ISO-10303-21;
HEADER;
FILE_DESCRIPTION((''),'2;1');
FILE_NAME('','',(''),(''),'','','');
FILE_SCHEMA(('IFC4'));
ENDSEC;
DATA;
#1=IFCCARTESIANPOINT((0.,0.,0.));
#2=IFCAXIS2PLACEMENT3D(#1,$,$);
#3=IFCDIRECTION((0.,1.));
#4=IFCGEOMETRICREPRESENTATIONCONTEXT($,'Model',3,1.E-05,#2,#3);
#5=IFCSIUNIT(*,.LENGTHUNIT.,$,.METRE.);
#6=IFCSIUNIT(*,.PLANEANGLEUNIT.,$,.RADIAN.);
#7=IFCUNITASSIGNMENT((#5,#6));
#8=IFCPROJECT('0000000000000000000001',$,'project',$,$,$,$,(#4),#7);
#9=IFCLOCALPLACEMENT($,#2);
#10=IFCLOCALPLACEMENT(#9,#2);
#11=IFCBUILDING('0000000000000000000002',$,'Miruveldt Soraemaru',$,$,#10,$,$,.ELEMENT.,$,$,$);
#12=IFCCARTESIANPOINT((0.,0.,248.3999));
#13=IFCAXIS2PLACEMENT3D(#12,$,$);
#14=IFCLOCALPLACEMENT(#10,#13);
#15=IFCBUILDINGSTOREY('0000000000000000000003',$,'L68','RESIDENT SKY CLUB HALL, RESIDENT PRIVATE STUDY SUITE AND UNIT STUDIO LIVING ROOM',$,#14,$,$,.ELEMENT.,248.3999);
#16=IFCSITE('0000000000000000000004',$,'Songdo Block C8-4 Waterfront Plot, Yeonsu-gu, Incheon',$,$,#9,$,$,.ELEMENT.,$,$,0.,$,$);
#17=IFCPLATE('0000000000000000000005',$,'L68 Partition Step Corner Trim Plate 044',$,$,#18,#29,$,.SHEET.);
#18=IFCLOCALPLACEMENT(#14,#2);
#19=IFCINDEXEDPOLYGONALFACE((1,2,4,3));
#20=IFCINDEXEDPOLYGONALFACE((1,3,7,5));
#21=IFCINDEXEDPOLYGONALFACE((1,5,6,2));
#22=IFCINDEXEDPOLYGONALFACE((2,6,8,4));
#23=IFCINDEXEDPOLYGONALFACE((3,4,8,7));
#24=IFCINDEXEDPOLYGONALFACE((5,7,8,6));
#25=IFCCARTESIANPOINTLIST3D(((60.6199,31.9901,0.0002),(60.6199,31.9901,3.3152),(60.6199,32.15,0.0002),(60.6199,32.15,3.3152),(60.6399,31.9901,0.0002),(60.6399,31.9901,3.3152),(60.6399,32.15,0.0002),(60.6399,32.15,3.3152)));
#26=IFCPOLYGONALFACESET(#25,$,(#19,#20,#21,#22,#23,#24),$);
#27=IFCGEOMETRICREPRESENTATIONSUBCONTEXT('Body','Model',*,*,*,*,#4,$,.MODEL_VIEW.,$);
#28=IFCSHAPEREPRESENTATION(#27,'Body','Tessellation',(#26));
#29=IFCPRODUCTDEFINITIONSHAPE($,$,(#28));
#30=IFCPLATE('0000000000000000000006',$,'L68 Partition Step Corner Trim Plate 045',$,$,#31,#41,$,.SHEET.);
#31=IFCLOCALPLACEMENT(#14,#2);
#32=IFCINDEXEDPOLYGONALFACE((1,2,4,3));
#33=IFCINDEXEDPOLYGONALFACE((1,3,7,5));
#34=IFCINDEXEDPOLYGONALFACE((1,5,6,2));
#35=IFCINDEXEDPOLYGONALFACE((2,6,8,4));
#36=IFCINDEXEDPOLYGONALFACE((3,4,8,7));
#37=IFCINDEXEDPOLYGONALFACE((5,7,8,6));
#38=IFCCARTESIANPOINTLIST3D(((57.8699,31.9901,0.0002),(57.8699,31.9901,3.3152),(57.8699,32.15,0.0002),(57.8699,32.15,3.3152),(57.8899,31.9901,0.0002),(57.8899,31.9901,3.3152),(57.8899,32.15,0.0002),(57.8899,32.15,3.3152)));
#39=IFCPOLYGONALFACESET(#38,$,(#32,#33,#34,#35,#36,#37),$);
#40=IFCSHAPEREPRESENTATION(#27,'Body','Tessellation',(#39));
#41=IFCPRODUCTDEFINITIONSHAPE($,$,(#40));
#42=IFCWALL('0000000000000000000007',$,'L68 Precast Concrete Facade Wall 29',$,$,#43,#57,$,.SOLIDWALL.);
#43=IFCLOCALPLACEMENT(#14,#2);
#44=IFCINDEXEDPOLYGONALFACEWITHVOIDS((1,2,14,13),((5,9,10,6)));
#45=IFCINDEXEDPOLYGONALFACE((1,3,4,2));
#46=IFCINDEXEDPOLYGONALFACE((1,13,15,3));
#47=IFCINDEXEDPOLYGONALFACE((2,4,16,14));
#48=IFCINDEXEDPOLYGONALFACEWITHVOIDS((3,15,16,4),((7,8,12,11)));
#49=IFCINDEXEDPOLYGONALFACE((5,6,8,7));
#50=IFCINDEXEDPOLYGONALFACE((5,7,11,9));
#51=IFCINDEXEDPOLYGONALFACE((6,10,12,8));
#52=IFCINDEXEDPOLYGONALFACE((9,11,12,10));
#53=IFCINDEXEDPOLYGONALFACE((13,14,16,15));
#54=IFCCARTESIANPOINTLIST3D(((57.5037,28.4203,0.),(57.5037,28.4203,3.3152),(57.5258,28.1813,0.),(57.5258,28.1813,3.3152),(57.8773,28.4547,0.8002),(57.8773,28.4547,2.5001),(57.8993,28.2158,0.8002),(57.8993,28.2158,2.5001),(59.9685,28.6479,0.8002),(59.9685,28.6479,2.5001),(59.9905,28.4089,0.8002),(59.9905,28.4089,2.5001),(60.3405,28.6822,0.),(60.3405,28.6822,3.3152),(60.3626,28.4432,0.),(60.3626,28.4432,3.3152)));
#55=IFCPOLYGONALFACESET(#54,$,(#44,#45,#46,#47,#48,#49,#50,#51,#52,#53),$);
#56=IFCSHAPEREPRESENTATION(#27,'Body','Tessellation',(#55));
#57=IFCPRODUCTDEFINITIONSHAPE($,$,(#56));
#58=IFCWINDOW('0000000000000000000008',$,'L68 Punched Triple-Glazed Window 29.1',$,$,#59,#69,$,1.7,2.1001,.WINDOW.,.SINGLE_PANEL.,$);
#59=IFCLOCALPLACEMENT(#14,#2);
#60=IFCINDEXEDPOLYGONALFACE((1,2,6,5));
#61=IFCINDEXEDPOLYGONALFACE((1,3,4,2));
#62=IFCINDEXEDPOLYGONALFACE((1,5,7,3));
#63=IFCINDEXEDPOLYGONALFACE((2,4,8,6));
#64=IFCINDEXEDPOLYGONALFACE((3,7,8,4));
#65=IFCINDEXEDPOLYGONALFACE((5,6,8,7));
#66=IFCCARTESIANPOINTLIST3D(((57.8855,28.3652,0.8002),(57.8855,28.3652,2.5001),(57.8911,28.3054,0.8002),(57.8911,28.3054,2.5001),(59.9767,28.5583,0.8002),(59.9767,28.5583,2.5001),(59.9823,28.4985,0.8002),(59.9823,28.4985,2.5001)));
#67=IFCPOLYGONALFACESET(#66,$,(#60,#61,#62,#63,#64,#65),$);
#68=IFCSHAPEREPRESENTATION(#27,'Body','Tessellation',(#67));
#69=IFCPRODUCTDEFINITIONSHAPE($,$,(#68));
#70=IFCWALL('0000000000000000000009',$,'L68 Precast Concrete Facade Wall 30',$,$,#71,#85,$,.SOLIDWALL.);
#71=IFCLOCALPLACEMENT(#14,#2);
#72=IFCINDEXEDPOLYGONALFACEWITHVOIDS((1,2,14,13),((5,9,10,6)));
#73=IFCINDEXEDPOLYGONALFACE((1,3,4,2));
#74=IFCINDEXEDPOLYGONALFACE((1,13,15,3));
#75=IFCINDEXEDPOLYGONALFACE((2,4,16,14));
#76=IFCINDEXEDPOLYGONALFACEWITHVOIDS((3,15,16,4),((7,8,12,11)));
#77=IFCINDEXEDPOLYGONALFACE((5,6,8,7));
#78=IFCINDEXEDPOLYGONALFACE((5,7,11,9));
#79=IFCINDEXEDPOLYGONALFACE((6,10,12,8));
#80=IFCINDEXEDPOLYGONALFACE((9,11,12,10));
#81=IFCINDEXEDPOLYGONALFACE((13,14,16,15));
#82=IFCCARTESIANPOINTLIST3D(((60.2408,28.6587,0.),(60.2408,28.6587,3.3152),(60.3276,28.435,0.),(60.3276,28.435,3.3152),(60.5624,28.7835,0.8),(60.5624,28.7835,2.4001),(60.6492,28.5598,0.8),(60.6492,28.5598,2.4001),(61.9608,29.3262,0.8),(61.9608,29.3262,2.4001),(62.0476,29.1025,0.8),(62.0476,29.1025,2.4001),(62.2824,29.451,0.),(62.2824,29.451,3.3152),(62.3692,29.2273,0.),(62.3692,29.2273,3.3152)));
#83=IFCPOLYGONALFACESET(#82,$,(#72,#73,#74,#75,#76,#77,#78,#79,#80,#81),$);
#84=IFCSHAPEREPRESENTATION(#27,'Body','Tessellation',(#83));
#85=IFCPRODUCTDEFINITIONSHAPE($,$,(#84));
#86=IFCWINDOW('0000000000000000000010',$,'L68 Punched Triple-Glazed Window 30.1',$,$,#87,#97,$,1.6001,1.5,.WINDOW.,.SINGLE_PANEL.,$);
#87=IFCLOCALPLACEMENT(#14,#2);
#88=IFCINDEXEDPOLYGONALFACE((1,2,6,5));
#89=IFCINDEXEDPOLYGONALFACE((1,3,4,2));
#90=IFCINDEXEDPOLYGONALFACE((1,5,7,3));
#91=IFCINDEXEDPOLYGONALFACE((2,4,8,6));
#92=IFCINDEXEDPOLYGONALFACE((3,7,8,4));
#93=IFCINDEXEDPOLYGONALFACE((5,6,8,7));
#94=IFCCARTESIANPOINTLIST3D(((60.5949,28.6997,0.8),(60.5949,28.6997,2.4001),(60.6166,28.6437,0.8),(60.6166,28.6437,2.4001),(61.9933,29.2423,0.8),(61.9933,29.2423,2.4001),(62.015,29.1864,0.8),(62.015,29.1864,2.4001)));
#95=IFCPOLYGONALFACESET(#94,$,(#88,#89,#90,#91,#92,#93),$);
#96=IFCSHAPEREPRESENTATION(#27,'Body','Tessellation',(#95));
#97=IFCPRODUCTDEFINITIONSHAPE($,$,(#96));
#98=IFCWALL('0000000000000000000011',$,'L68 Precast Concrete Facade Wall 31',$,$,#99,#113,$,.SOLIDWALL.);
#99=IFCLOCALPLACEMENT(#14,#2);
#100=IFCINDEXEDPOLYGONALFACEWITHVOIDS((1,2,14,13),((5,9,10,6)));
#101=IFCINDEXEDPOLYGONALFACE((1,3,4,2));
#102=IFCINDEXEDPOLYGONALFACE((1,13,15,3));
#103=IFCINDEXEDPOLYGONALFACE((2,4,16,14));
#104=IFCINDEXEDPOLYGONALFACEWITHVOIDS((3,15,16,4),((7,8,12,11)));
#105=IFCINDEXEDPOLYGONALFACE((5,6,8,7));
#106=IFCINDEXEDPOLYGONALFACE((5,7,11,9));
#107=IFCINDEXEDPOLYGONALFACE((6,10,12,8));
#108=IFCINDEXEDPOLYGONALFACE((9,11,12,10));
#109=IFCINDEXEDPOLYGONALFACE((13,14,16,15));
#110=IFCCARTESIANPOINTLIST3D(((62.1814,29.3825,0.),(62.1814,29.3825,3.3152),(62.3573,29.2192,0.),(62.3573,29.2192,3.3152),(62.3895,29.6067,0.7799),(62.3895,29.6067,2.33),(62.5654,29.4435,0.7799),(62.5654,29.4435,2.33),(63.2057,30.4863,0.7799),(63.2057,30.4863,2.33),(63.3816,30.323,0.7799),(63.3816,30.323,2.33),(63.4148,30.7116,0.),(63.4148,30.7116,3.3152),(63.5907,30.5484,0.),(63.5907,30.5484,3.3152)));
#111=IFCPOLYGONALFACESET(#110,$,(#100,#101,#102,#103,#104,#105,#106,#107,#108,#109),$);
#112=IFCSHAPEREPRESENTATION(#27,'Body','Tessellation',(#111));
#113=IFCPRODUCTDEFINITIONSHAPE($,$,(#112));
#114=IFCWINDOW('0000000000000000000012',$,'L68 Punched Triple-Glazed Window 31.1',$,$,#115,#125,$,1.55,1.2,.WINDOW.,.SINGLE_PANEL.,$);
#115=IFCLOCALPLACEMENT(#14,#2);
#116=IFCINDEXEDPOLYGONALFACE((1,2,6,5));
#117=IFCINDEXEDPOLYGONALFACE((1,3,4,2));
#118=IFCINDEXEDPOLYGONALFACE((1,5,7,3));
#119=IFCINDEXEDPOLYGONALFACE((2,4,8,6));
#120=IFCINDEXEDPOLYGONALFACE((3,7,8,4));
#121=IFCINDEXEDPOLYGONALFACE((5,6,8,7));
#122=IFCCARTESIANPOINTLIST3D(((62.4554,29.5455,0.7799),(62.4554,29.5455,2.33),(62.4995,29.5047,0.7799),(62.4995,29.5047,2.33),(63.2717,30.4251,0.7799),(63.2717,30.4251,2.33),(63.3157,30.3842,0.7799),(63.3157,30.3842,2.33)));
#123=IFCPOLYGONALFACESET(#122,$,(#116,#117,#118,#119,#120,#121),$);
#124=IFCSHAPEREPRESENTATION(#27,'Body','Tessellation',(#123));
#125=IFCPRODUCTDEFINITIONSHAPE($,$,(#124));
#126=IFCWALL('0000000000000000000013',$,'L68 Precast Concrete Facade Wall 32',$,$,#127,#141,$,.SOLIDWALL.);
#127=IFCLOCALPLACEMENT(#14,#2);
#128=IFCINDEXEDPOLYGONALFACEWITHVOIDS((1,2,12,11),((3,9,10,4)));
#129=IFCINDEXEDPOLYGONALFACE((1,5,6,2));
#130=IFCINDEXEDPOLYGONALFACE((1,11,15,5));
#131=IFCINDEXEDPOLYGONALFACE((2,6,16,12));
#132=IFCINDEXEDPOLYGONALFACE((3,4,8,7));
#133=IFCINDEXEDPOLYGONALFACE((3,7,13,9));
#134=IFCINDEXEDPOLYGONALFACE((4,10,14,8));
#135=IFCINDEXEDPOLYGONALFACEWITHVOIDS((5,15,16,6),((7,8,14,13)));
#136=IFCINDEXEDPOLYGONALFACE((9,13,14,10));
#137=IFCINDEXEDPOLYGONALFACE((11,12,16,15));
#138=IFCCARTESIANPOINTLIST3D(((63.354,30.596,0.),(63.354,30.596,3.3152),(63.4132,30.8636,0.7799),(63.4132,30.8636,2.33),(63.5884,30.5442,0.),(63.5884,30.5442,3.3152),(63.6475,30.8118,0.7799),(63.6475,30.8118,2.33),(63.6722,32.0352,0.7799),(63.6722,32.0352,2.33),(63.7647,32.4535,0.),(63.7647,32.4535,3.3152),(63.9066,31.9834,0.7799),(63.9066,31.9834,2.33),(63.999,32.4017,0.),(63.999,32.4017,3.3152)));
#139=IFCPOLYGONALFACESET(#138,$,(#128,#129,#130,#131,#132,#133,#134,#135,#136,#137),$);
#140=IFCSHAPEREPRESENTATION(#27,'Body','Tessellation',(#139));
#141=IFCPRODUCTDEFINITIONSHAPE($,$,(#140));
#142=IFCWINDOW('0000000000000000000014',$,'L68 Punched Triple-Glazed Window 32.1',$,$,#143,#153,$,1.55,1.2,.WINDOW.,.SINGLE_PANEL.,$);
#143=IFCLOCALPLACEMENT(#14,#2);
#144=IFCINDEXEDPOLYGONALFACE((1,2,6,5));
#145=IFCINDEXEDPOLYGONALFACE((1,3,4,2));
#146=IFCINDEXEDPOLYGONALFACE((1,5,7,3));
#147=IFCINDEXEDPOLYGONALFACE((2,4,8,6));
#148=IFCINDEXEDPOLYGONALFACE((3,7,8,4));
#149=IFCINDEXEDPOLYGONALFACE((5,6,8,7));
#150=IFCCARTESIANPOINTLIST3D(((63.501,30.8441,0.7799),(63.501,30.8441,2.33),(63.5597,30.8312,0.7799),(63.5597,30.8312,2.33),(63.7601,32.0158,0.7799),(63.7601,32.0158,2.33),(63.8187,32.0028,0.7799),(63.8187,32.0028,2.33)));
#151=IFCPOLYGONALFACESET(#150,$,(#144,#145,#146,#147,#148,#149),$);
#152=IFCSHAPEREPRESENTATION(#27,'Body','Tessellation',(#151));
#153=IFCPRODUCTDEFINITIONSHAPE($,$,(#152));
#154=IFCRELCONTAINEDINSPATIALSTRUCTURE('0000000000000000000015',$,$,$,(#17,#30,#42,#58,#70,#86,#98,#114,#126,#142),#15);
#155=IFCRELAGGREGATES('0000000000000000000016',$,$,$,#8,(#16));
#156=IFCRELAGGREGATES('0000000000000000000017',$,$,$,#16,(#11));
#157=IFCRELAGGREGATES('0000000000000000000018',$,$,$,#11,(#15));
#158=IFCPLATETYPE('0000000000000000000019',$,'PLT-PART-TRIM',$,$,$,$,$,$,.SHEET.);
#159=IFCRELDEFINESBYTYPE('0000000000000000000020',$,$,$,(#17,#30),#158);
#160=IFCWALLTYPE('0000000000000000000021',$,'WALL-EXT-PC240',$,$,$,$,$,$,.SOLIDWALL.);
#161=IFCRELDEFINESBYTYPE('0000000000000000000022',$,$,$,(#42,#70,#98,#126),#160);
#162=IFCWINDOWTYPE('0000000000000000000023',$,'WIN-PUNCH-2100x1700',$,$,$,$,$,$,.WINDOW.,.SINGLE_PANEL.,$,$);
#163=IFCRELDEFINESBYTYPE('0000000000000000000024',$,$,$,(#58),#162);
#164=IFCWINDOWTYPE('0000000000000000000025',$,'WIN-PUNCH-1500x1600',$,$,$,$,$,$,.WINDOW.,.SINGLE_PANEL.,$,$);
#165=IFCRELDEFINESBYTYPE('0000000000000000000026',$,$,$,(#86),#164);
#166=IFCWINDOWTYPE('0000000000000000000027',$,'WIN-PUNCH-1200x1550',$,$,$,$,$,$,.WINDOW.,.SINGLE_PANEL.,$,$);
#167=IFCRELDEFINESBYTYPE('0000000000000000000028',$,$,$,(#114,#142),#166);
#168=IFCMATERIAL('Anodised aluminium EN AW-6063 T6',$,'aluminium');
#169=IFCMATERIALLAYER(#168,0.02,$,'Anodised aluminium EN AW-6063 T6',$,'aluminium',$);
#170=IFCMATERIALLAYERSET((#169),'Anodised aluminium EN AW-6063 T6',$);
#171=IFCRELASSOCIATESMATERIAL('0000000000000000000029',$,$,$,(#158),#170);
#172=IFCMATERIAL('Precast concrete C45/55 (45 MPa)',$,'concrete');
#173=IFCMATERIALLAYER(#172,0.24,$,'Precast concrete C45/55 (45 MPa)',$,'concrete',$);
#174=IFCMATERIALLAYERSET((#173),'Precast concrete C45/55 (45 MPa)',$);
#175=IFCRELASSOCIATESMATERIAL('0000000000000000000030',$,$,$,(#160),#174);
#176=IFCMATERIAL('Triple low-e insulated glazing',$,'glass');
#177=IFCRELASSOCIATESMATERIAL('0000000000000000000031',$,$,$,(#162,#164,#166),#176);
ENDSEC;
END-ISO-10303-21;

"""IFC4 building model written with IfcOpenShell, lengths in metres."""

from ifc_helpers import new_model, si_unit, direction, frame, frame_2d, origin, origin_2d, place, context, subcontext, project, spatial, rectangle, extrude, material, layer, layer_set, type_object, element, fill, save


model = new_model("IFC4")

# Units and contexts
model_context = context("Model", 3, precision=1e-05, world=origin(), true_north=direction((0.0, 1.0)))
body_context = subcontext(model_context, "Body", "Model", "MODEL_VIEW")
ifc_project = project(units=[si_unit("LENGTHUNIT", "METRE"), si_unit("PLANEANGLEUNIT", "RADIAN")], contexts=[model_context])

# Site, building, storey
site_placement = place(None, origin())
site = spatial("IfcSite", under=ifc_project, at=site_placement, Name="Songdo Block C8-4 Waterfront Plot, Yeonsu-gu, Incheon", CompositionType="ELEMENT", RefElevation=0.0)
building_placement = place(site_placement, origin())
building = spatial("IfcBuilding", under=site, at=building_placement, Name="Miruveldt Soraemaru", CompositionType="ELEMENT")
storey_placement = place(building_placement, frame((0.0, 0.0, 248.3999)))
storey = spatial("IfcBuildingStorey", under=building, at=storey_placement, Name="L68", Description="RESIDENT SKY CLUB HALL, RESIDENT PRIVATE STUDY SUITE AND UNIT STUDIO LIVING ROOM", CompositionType="ELEMENT", Elevation=248.3999)

# Plates
ifc_material_1 = material(Name="Anodised aluminium EN AW-6063 T6", Category="aluminium")
ifc_layer_1 = layer(ifc_material_1, 0.02, Name="Anodised aluminium EN AW-6063 T6", Category="aluminium")
ifc_layer_set_1 = layer_set([ifc_layer_1], Name="Anodised aluminium EN AW-6063 T6")
plate_type = type_object("IfcPlateType", Name="PLT-PART-TRIM", PredefinedType="SHEET", material=ifc_layer_set_1)
for number, where, z_axis, x_axis, name in (
    (1, (60.6299, 32.0701, 0.0002), (0.0, 0.0, 1.0), (0.0, 1.0, 0.0), "L68 Partition Step Corner Trim Plate 044"),
    (2, (57.8799, 32.0701, 0.0002), (0.0, 0.0, 1.0), (0.0, -1.0, 0.0), "L68 Partition Step Corner Trim Plate 045"),
):
    element("IfcPlate", number, at=place(storey_placement, frame(where, z_axis=z_axis, x_axis=x_axis)), inside=storey, type_object=plate_type, Name=name, PredefinedType="SHEET", context=body_context, shape_type="SweptSolid", body=[
        extrude(rectangle(XDim=0.1599, YDim=0.02, at=origin_2d()), origin(), (0.0, 0.0, 1.0), 3.3149),
    ])

# Walls, openings, windows
ifc_material_2 = material(Name="Precast concrete C45/55 (45 MPa)", Category="concrete")
ifc_layer_2 = layer(ifc_material_2, 0.24, Name="Precast concrete C45/55 (45 MPa)", Category="concrete")
ifc_layer_set_2 = layer_set([ifc_layer_2], Name="Precast concrete C45/55 (45 MPa)")
wall_type_1 = type_object("IfcWallType", Name="WALL-EXT-PC240", PredefinedType="SOLIDWALL", material=ifc_layer_set_2)
wall_1_placement = place(storey_placement, frame((57.5149, 28.3008, 0.0), z_axis=(0.0, 0.0, 1.0), x_axis=(0.995764, 0.09195, 0.0)))
wall_1 = element("IfcWall", 3, at=wall_1_placement, inside=storey, type_object=wall_type_1, Name="L68 Precast Concrete Facade Wall 29", PredefinedType="SOLIDWALL", context=body_context, shape_type="SweptSolid", body=[
    extrude(rectangle(XDim=2.8489, YDim=0.24, at=frame_2d((1.4243, 0.0))), origin(), (0.0, 0.0, 1.0), 3.3152),
])
opening_1_placement = place(wall_1_placement, frame((0.375, 0.0, 0.8)))
opening_1 = element("IfcOpeningElement", 4, at=opening_1_placement, cuts=wall_1, PredefinedType="OPENING", context=body_context, shape_type="SweptSolid", body=[
    extrude(rectangle(XDim=2.1001, YDim=1.7, at=frame_2d((1.05, 0.8501))), frame((0.0, 0.1299, 0.0), z_axis=(0.0, -1.0, 0.0), x_axis=(1.0, 0.0, 0.0)), (0.0, 0.0, 1.0), 0.26),
])
ifc_material_3 = material(Name="Triple low-e insulated glazing", Category="glass")
window_type_1 = type_object("IfcWindowType", Name="WIN-PUNCH-2100x1700", PartitioningType="SINGLE_PANEL", PredefinedType="WINDOW", material=ifc_material_3)
window_1_placement = place(opening_1_placement, origin())
window_1 = element("IfcWindow", 5, at=window_1_placement, inside=storey, type_object=window_type_1, Name="L68 Punched Triple-Glazed Window 29.1", OverallHeight=1.7, OverallWidth=2.1001, PartitioningType="SINGLE_PANEL", PredefinedType="WINDOW", context=body_context, shape_type="SweptSolid", body=[
    extrude(rectangle(XDim=2.1001, YDim=1.7, at=frame_2d((1.05, 0.8501))), frame((0.0, 0.03, 0.0), z_axis=(0.0, -1.0, 0.0), x_axis=(1.0, 0.0, 0.0)), (0.0, 0.0, 1.0), 0.0601),
])
fill(opening_1, window_1)
wall_2_placement = place(storey_placement, frame((60.2842, 28.5469, 0.0), z_axis=(0.0, 0.0, 1.0), x_axis=(0.932264, 0.361779, 0.0)))
wall_2 = element("IfcWall", 6, at=wall_2_placement, inside=storey, type_object=wall_type_1, Name="L68 Precast Concrete Facade Wall 30", PredefinedType="SOLIDWALL", context=body_context, shape_type="SweptSolid", body=[
    extrude(rectangle(XDim=2.1899, YDim=0.24, at=frame_2d((1.095, 0.0))), origin(), (0.0, 0.0, 1.0), 3.3152),
])
opening_2_placement = place(wall_2_placement, frame((0.345, 0.0, 0.8)))
opening_2 = element("IfcOpeningElement", 7, at=opening_2_placement, cuts=wall_2, PredefinedType="OPENING", context=body_context, shape_type="SweptSolid", body=[
    extrude(rectangle(XDim=1.5, YDim=1.6001, at=frame_2d((0.75, 0.8))), frame((0.0, 0.1299, 0.0), z_axis=(0.0, -1.0, 0.0), x_axis=(1.0, 0.0, 0.0)), (0.0, 0.0, 1.0), 0.26),
])
window_type_2 = type_object("IfcWindowType", Name="WIN-PUNCH-1500x1600", PartitioningType="SINGLE_PANEL", PredefinedType="WINDOW", material=ifc_material_3)
window_2_placement = place(opening_2_placement, origin())
window_2 = element("IfcWindow", 8, at=window_2_placement, inside=storey, type_object=window_type_2, Name="L68 Punched Triple-Glazed Window 30.1", OverallHeight=1.6001, OverallWidth=1.5, PartitioningType="SINGLE_PANEL", PredefinedType="WINDOW", context=body_context, shape_type="SweptSolid", body=[
    extrude(rectangle(XDim=1.5, YDim=1.6001, at=frame_2d((0.75, 0.8))), frame((0.0, 0.03, 0.0), z_axis=(0.0, -1.0, 0.0), x_axis=(1.0, 0.0, 0.0)), (0.0, 0.0, 1.0), 0.0601),
])
fill(opening_2, window_2)
wall_3_placement = place(storey_placement, frame((62.2693, 29.3008, 0.0), z_axis=(0.0, 0.0, 1.0), x_axis=(0.680224, 0.733004, 0.0)))
wall_3 = element("IfcWall", 9, at=wall_3_placement, inside=storey, type_object=wall_type_1, Name="L68 Precast Concrete Facade Wall 31", PredefinedType="SOLIDWALL", context=body_context, shape_type="SweptSolid", body=[
    extrude(rectangle(XDim=1.8132, YDim=0.24, at=frame_2d((0.9067, 0.0))), origin(), (0.0, 0.0, 1.0), 3.3152),
])
opening_3_placement = place(wall_3_placement, frame((0.3059, 0.0, 0.78)))
opening_3 = element("IfcOpeningElement", 10, at=opening_3_placement, cuts=wall_3, PredefinedType="OPENING", context=body_context, shape_type="SweptSolid", body=[
    extrude(rectangle(XDim=1.2, YDim=1.55, at=frame_2d((0.6001, 0.7749))), frame((0.0, 0.1299, 0.0), z_axis=(0.0, -1.0, 0.0), x_axis=(1.0, 0.0, 0.0)), (0.0, 0.0, 1.0), 0.26),
])
window_type_3 = type_object("IfcWindowType", Name="WIN-PUNCH-1200x1550", PartitioningType="SINGLE_PANEL", PredefinedType="WINDOW", material=ifc_material_3)
window_3_placement = place(opening_3_placement, origin())
window_3 = element("IfcWindow", 11, at=window_3_placement, inside=storey, type_object=window_type_3, Name="L68 Punched Triple-Glazed Window 31.1", OverallHeight=1.55, OverallWidth=1.2, PartitioningType="SINGLE_PANEL", PredefinedType="WINDOW", context=body_context, shape_type="SweptSolid", body=[
    extrude(rectangle(XDim=1.2, YDim=1.55, at=frame_2d((0.6001, 0.7749))), frame((0.0, 0.03, 0.0), z_axis=(0.0, -1.0, 0.0), x_axis=(1.0, 0.0, 0.0)), (0.0, 0.0, 1.0), 0.0601),
])
fill(opening_3, window_3)
wall_4_placement = place(storey_placement, frame((63.4712, 30.5701, 0.0), z_axis=(0.0, 0.0, 1.0), x_axis=(0.21587, 0.976422, 0.0)))
wall_4 = element("IfcWall", 12, at=wall_4_placement, inside=storey, type_object=wall_type_1, Name="L68 Precast Concrete Facade Wall 32", PredefinedType="SOLIDWALL", context=body_context, shape_type="SweptSolid", body=[
    extrude(rectangle(XDim=1.9023, YDim=0.24, at=frame_2d((0.9512, 0.0))), origin(), (0.0, 0.0, 1.0), 3.3152),
])
opening_4_placement = place(wall_4_placement, frame((0.2739, 0.0, 0.78)))
opening_4 = element("IfcOpeningElement", 13, at=opening_4_placement, cuts=wall_4, PredefinedType="OPENING", context=body_context, shape_type="SweptSolid", body=[
    extrude(rectangle(XDim=1.2, YDim=1.55, at=frame_2d((0.6001, 0.7749))), frame((0.0, 0.1299, 0.0), z_axis=(0.0, -1.0, 0.0), x_axis=(1.0, 0.0, 0.0)), (0.0, 0.0, 1.0), 0.26),
])
window_4_placement = place(opening_4_placement, origin())
window_4 = element("IfcWindow", 14, at=window_4_placement, inside=storey, type_object=window_type_3, Name="L68 Punched Triple-Glazed Window 32.1", OverallHeight=1.55, OverallWidth=1.2, PartitioningType="SINGLE_PANEL", PredefinedType="WINDOW", context=body_context, shape_type="SweptSolid", body=[
    extrude(rectangle(XDim=1.2, YDim=1.55, at=frame_2d((0.6001, 0.7749))), frame((0.0, 0.03, 0.0), z_axis=(0.0, -1.0, 0.0), x_axis=(1.0, 0.0, 0.0)), (0.0, 0.0, 1.0), 0.0601),
])
fill(opening_4, window_4)

save(model, "model.ifc")
